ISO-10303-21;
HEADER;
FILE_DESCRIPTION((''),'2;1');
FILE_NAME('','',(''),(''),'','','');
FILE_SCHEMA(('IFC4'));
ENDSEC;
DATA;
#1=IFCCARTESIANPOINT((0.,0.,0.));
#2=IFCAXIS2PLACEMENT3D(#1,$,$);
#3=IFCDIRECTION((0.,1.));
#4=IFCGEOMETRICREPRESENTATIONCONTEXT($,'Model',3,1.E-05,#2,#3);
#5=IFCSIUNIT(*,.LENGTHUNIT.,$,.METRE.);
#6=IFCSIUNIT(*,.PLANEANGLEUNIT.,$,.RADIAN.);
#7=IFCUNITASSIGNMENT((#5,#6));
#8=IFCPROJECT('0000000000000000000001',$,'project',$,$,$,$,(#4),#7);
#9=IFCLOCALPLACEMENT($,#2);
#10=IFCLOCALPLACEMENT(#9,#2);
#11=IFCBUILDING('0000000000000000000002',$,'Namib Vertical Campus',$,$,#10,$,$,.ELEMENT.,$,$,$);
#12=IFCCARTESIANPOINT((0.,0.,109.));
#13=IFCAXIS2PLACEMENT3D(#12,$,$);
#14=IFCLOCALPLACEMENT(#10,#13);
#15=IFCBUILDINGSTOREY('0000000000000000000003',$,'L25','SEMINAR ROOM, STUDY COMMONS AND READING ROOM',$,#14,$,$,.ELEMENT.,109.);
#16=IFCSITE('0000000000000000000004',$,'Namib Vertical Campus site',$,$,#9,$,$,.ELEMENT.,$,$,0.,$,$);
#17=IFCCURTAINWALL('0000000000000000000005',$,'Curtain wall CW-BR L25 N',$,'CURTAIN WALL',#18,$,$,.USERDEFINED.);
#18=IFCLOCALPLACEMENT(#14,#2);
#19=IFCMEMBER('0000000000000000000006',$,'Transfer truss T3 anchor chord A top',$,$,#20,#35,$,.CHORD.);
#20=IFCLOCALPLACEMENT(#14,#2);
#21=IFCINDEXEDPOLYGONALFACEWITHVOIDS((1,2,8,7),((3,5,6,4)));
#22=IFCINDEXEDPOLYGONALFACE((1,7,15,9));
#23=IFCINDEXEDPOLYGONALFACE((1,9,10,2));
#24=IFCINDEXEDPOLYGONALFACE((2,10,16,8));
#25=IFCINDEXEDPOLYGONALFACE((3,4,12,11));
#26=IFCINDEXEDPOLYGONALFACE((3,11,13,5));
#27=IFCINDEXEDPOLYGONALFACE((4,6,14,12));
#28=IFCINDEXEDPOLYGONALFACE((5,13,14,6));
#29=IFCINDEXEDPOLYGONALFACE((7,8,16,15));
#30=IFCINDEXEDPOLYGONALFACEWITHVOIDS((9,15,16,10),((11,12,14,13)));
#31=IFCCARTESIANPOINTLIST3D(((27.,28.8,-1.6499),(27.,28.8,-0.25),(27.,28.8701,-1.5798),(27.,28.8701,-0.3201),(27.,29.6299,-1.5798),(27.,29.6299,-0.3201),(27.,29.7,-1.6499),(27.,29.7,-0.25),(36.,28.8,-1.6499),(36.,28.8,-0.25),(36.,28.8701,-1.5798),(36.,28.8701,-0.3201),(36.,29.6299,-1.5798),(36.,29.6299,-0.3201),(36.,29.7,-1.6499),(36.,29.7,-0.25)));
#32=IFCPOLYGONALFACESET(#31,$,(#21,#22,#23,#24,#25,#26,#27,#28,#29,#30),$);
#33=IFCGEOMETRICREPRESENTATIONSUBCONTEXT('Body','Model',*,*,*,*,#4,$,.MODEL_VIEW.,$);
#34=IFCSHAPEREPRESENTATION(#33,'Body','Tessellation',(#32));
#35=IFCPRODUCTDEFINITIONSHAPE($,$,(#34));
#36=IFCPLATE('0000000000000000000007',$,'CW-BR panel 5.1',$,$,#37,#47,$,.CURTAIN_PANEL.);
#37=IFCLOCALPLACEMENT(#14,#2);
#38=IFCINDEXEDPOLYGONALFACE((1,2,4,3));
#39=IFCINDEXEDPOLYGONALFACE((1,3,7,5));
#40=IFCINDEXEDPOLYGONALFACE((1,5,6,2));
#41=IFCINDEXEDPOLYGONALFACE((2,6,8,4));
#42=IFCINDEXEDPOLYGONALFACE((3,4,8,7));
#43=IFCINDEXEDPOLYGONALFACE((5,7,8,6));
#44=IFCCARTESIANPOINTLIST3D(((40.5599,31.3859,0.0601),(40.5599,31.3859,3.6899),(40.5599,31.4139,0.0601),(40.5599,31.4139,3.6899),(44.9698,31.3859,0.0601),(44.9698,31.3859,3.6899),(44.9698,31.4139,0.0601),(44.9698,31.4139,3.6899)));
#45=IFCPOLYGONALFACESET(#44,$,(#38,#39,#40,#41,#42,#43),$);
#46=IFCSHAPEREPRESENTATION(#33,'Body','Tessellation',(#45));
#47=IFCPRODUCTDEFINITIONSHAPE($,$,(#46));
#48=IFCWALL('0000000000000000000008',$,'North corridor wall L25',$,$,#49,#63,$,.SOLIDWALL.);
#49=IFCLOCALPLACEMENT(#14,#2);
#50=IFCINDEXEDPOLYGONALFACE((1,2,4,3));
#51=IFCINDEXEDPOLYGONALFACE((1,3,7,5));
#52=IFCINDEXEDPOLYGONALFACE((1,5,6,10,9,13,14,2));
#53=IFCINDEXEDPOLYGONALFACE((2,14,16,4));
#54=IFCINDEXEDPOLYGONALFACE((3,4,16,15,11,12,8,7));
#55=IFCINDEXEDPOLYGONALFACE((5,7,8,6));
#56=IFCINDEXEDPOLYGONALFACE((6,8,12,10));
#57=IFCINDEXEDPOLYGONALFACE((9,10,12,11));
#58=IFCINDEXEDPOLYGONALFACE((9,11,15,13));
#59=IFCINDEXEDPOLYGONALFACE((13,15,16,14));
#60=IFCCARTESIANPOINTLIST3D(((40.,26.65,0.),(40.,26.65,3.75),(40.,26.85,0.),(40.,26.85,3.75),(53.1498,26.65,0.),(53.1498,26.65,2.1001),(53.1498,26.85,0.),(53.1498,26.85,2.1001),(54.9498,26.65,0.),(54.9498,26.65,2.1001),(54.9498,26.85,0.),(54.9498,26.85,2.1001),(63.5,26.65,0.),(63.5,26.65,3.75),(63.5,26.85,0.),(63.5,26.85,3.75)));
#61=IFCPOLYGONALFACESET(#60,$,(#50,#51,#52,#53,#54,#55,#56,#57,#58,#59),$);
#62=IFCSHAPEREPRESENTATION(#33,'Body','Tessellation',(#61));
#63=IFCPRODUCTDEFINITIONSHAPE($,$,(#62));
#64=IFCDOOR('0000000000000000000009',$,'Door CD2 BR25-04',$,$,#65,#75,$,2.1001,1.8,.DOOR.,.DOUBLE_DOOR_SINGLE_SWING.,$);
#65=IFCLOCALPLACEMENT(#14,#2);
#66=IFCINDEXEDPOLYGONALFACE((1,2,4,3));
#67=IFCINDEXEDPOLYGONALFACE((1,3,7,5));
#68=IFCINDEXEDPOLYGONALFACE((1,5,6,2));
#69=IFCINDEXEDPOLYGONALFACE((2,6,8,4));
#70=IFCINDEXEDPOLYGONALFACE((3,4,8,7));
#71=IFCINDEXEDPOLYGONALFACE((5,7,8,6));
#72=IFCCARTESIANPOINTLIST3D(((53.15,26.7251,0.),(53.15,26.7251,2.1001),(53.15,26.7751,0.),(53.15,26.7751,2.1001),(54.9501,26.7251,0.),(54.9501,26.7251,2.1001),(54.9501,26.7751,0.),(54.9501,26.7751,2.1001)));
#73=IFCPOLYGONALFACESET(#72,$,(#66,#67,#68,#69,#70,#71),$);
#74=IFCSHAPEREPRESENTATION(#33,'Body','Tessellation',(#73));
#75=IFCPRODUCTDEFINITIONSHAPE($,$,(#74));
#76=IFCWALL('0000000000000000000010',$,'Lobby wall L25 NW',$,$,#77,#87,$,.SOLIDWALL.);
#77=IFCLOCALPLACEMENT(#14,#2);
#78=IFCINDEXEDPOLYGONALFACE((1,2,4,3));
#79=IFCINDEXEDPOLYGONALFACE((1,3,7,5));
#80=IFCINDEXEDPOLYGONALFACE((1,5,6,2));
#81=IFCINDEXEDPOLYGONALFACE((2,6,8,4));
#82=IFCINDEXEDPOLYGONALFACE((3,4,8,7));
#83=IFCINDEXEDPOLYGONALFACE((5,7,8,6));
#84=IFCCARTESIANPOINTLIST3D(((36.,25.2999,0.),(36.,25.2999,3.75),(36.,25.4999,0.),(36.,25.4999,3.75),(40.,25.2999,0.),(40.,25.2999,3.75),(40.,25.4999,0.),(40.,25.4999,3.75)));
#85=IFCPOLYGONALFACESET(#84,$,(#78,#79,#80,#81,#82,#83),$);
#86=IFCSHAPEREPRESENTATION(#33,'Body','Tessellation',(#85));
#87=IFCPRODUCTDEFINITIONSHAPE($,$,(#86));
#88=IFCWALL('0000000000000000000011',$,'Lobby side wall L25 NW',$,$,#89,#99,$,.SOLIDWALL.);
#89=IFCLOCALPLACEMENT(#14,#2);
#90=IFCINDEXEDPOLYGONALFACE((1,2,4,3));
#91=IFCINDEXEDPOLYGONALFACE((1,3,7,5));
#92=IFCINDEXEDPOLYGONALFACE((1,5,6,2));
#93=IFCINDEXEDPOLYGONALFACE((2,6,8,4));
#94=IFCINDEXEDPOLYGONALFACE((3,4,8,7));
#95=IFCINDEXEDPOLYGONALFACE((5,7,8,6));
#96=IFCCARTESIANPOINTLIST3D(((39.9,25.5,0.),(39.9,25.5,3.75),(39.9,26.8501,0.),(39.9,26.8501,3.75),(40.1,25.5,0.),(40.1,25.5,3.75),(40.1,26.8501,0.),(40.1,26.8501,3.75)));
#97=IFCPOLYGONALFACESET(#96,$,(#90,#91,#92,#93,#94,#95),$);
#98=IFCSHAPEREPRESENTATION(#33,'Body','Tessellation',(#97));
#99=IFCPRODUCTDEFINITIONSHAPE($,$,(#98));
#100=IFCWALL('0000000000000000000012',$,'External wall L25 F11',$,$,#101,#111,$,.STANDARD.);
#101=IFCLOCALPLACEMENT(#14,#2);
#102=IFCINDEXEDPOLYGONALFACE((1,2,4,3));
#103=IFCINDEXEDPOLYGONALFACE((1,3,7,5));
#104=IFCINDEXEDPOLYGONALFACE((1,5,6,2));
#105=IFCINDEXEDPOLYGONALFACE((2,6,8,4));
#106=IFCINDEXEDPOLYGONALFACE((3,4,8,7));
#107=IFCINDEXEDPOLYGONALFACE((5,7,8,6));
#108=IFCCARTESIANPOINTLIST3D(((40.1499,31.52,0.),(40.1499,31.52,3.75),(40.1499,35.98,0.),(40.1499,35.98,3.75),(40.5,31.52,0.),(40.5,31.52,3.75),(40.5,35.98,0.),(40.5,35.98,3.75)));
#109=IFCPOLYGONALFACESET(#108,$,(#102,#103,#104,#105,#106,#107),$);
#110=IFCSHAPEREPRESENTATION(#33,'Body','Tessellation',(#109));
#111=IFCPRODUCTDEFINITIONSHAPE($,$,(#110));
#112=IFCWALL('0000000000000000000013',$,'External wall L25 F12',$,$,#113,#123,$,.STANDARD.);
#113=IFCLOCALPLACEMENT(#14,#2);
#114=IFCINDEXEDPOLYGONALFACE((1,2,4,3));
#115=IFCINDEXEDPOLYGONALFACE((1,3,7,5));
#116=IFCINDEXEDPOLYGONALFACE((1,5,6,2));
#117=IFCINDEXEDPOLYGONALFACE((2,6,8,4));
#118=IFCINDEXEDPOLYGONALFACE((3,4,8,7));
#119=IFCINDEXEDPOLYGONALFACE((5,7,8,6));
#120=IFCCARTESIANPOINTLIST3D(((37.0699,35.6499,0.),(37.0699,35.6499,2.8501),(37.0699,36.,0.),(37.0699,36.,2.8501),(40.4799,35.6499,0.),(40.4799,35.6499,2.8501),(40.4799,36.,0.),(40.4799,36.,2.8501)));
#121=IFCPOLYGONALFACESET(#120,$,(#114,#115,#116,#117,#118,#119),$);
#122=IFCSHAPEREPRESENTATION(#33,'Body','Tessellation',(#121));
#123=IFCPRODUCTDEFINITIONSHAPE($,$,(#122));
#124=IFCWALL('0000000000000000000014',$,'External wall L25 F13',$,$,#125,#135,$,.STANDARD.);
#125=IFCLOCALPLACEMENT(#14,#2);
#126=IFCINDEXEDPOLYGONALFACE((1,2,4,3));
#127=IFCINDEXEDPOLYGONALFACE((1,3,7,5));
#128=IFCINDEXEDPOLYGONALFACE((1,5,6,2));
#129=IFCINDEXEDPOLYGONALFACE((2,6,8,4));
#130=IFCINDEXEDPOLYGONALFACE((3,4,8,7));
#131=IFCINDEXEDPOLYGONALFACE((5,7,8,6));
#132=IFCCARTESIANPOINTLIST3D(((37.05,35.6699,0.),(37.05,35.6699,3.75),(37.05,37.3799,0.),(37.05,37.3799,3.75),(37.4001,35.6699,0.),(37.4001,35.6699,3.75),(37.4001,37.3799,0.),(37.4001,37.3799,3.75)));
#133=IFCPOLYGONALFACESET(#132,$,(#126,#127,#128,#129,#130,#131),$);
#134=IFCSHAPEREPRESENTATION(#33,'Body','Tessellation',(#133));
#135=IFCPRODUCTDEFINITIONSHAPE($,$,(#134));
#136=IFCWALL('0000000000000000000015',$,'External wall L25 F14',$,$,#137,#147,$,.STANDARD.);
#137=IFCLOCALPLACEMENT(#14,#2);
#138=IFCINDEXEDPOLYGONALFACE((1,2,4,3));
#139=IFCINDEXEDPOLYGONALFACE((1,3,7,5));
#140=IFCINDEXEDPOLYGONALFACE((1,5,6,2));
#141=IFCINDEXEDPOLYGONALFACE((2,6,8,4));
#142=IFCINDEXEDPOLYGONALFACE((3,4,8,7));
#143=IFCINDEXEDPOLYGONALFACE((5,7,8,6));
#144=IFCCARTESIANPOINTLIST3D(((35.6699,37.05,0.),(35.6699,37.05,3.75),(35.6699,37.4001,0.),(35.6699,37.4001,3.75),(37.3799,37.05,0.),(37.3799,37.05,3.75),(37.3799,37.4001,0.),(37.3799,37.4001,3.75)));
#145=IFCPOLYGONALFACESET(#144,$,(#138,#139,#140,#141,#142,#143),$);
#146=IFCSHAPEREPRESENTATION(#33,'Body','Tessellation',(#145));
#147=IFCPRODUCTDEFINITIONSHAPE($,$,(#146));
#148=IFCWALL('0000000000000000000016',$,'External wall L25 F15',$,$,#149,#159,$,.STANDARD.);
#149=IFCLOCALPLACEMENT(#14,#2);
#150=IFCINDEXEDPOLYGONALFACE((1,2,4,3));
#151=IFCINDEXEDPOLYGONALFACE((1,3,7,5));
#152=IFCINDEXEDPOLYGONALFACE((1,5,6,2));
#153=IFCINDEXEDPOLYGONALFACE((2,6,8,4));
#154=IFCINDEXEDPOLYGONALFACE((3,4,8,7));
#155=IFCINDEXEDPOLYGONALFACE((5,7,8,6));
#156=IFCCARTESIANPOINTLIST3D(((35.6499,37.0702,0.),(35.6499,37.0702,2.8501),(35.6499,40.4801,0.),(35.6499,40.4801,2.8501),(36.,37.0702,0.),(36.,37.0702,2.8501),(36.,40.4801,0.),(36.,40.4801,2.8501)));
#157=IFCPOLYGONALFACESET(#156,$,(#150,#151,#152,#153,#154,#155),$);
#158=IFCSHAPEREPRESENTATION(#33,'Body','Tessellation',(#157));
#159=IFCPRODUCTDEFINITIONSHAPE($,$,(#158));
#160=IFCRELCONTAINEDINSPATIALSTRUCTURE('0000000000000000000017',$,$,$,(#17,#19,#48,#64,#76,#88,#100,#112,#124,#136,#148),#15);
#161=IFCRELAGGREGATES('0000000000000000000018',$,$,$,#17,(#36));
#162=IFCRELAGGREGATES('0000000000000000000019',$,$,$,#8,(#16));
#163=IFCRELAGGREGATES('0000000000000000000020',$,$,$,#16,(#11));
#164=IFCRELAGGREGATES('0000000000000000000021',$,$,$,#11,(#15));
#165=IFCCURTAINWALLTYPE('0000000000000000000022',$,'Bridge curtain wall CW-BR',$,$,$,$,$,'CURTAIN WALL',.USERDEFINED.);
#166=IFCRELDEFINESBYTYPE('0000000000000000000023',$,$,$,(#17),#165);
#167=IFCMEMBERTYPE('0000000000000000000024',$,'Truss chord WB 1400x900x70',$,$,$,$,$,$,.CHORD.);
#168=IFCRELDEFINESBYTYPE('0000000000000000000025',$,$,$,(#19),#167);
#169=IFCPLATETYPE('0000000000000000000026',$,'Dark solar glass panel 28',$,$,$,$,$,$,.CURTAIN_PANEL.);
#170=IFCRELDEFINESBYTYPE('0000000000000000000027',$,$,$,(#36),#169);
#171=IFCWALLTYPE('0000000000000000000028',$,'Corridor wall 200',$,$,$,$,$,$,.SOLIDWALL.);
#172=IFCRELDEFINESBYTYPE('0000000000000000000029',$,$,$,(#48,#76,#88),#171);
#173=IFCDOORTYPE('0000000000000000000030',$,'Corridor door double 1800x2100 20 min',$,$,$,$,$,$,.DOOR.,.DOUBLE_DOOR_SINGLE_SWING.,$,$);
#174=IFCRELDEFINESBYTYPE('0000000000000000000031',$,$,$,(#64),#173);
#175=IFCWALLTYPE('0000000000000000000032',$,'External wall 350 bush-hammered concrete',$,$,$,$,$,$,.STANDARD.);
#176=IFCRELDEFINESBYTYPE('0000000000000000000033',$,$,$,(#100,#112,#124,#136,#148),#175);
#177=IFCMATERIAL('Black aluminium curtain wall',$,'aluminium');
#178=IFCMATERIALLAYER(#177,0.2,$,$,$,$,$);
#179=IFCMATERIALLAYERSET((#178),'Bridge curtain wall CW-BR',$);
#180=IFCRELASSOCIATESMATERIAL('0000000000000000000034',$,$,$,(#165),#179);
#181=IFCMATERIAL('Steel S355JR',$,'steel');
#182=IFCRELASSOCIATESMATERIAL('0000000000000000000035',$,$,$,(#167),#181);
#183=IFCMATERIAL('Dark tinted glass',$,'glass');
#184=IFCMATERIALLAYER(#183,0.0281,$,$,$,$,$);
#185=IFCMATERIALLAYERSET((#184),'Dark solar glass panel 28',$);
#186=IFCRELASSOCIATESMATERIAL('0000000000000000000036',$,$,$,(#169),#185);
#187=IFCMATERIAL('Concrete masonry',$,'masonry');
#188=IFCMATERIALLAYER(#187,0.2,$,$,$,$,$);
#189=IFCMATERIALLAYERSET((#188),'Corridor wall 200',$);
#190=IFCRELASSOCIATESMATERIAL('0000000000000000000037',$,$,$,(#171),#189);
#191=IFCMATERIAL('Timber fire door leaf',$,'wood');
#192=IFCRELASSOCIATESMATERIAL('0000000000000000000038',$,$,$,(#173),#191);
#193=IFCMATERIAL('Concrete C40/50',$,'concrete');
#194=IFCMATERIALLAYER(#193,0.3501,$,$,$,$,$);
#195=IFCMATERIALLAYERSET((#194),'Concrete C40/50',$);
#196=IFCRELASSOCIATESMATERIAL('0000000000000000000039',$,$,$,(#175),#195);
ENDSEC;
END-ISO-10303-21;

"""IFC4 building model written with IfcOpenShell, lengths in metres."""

from ifc_helpers import new_model, si_unit, direction, frame, frame_2d, origin, origin_2d, place, context, subcontext, project, spatial, rectangle, hollow_rectangle, extrude, material, layer, layer_set, material_profile, profile_set, type_object, element, fill, aggregate, save


model = new_model("IFC4")

# Units and contexts
model_context = context("Model", 3, precision=1e-05, world=origin(), true_north=direction((0.0, 1.0)))
body_context = subcontext(model_context, "Body", "Model", "MODEL_VIEW")
ifc_project = project(units=[si_unit("LENGTHUNIT", "METRE"), si_unit("PLANEANGLEUNIT", "RADIAN")], contexts=[model_context])

# Site, building, storey
site_placement = place(None, origin())
site = spatial("IfcSite", under=ifc_project, at=site_placement, Name="Namib Vertical Campus site", CompositionType="ELEMENT", RefElevation=0.0)
building_placement = place(site_placement, origin())
building = spatial("IfcBuilding", under=site, at=building_placement, Name="Namib Vertical Campus", CompositionType="ELEMENT")
storey_placement = place(building_placement, frame((0.0, 0.0, 109.0)))
storey = spatial("IfcBuildingStorey", under=building, at=storey_placement, Name="L25", Description="SEMINAR ROOM, STUDY COMMONS AND READING ROOM", CompositionType="ELEMENT", Elevation=109.0)

# Curtain wall
ifc_material_1 = material(Name="Black aluminium curtain wall", Category="aluminium")
ifc_layer_1 = layer(ifc_material_1, 0.2)
ifc_layer_set_1 = layer_set([ifc_layer_1], Name="Bridge curtain wall CW-BR")
curtain_wall_type = type_object("IfcCurtainWallType", Name="Bridge curtain wall CW-BR", ElementType="CURTAIN WALL", PredefinedType="USERDEFINED", material=ifc_layer_set_1)
curtain_wall_placement = place(storey_placement, origin())
curtain_wall = element("IfcCurtainWall", 1, at=curtain_wall_placement, inside=storey, type_object=curtain_wall_type, Name="Curtain wall CW-BR L25 N", ObjectType="CURTAIN WALL", PredefinedType="USERDEFINED")

# Member
ifc_material_2 = material(Name="Steel S355JR", Category="steel")
ifc_material_profile_1 = material_profile(ifc_material_2, hollow_rectangle(XDim=0.8999, YDim=1.3999, WallThickness=0.0701, at=origin_2d()))
ifc_profile_set_1 = profile_set([ifc_material_profile_1], Name="Steel S355JR")
member_type_1 = type_object("IfcMemberType", Name="Truss chord WB 1400x900x70", PredefinedType="CHORD", material=ifc_profile_set_1)
member_1_placement = place(storey_placement, frame((36.0, 29.25, -0.95), z_axis=(-1.0, 0.0, 0.0), x_axis=(0.0, -1.0, 0.0)))
element("IfcMember", 2, at=member_1_placement, inside=storey, type_object=member_type_1, Name="Transfer truss T3 anchor chord A top", PredefinedType="CHORD", context=body_context, shape_type="SweptSolid", body=[
    extrude(hollow_rectangle(XDim=0.8999, YDim=1.3999, WallThickness=0.0701, at=origin_2d()), origin(), (0.0, 0.0, 1.0), 9.0),
])

# Plate
ifc_material_3 = material(Name="Dark tinted glass", Category="glass")
ifc_layer_2 = layer(ifc_material_3, 0.0281)
ifc_layer_set_2 = layer_set([ifc_layer_2], Name="Dark solar glass panel 28")
plate_type = type_object("IfcPlateType", Name="Dark solar glass panel 28", PredefinedType="CURTAIN_PANEL", material=ifc_layer_set_2)
plate_placement = place(storey_placement, frame((42.7649, 31.3999, 0.0601), z_axis=(0.0, 0.0, 1.0), x_axis=(-1.0, 0.0, 0.0)))
plate = element("IfcPlate", 3, at=plate_placement, type_object=plate_type, Name="CW-BR panel 5.1", PredefinedType="CURTAIN_PANEL", context=body_context, shape_type="SweptSolid", body=[
    extrude(rectangle(XDim=4.4099, YDim=0.0281, at=origin_2d()), origin(), (0.0, 0.0, 1.0), 3.6299),
])
aggregate(curtain_wall, [plate])

# Wall, opening, door
ifc_material_4 = material(Name="Concrete masonry", Category="masonry")
ifc_layer_3 = layer(ifc_material_4, 0.2)
ifc_layer_set_3 = layer_set([ifc_layer_3], Name="Corridor wall 200")
wall_type_1 = type_object("IfcWallType", Name="Corridor wall 200", PredefinedType="SOLIDWALL", material=ifc_layer_set_3)
wall_1_placement = place(storey_placement, frame((40.0, 26.75, 0.0), z_axis=(0.0, 0.0, 1.0), x_axis=(1.0, 0.0, 0.0)))
wall_1 = element("IfcWall", 4, at=wall_1_placement, inside=storey, type_object=wall_type_1, Name="North corridor wall L25", PredefinedType="SOLIDWALL", context=body_context, shape_type="SweptSolid", body=[
    extrude(rectangle(XDim=23.5, YDim=0.2, at=frame_2d((11.75, 0.0))), origin(), (0.0, 0.0, 1.0), 3.75),
])
opening_1_placement = place(wall_1_placement, frame((13.1499, 0.0, 0.0)))
opening_1 = element("IfcOpeningElement", 5, at=opening_1_placement, cuts=wall_1, PredefinedType="OPENING", context=body_context, shape_type="SweptSolid", body=[
    extrude(rectangle(XDim=1.8, YDim=2.1001, at=frame_2d((0.8999, 1.05))), frame((0.0, 0.1099, 0.0), z_axis=(0.0, -1.0, 0.0), x_axis=(1.0, 0.0, 0.0)), (0.0, 0.0, 1.0), 0.22),
])
ifc_material_5 = material(Name="Timber fire door leaf", Category="wood")
door_type = type_object("IfcDoorType", Name="Corridor door double 1800x2100 20 min", OperationType="DOUBLE_DOOR_SINGLE_SWING", PredefinedType="DOOR", material=ifc_material_5)
door_placement = place(opening_1_placement, frame((1.8, 0.0, 0.0), z_axis=(0.0, 0.0, 1.0), x_axis=(-1.0, 0.0, 0.0)))
door = element("IfcDoor", 6, at=door_placement, inside=storey, type_object=door_type, Name="Door CD2 BR25-04", OperationType="DOUBLE_DOOR_SINGLE_SWING", OverallHeight=2.1001, OverallWidth=1.8, PredefinedType="DOOR", context=body_context, shape_type="SweptSolid", body=[
    extrude(rectangle(XDim=1.8, YDim=2.1001, at=frame_2d((0.8999, 1.05))), frame((0.0, 0.0249, 0.0), z_axis=(0.0, -1.0, 0.0), x_axis=(1.0, 0.0, 0.0)), (0.0, 0.0, 1.0), 0.05),
])
fill(opening_1, door)

# Walls
wall_2_placement = place(storey_placement, frame((36.0, 25.3999, 0.0), z_axis=(0.0, 0.0, 1.0), x_axis=(1.0, 0.0, 0.0)))
element("IfcWall", 7, at=wall_2_placement, inside=storey, type_object=wall_type_1, Name="Lobby wall L25 NW", PredefinedType="SOLIDWALL", context=body_context, shape_type="SweptSolid", body=[
    extrude(rectangle(XDim=4.0, YDim=0.2, at=frame_2d((2.0, 0.0))), origin(), (0.0, 0.0, 1.0), 3.75),
])
wall_3_placement = place(storey_placement, frame((40.0, 26.8501, 0.0), z_axis=(0.0, 0.0, 1.0), x_axis=(0.0, -1.0, 0.0)))
element("IfcWall", 8, at=wall_3_placement, inside=storey, type_object=wall_type_1, Name="Lobby side wall L25 NW", PredefinedType="SOLIDWALL", context=body_context, shape_type="SweptSolid", body=[
    extrude(rectangle(XDim=1.3501, YDim=0.2, at=frame_2d((0.675, 0.0))), origin(), (0.0, 0.0, 1.0), 3.75),
])
ifc_material_6 = material(Name="Concrete C40/50", Category="concrete")
ifc_layer_4 = layer(ifc_material_6, 0.3501)
ifc_layer_set_4 = layer_set([ifc_layer_4], Name="Concrete C40/50")
wall_type_2 = type_object("IfcWallType", Name="External wall 350 bush-hammered concrete", PredefinedType="STANDARD", material=ifc_layer_set_4)
wall_4_placement = place(storey_placement, frame((40.325, 31.52, 0.0), z_axis=(0.0, 0.0, 1.0), x_axis=(0.0, 1.0, 0.0)))
element("IfcWall", 9, at=wall_4_placement, inside=storey, type_object=wall_type_2, Name="External wall L25 F11", PredefinedType="STANDARD", context=body_context, shape_type="SweptSolid", body=[
    extrude(rectangle(XDim=4.46, YDim=0.3501, at=frame_2d((2.23, 0.0))), origin(), (0.0, 0.0, 1.0), 3.75),
])
wall_5_placement = place(storey_placement, frame((40.48, 35.825, 0.0), z_axis=(0.0, 0.0, 1.0), x_axis=(-1.0, 0.0, 0.0)))
element("IfcWall", 10, at=wall_5_placement, inside=storey, type_object=wall_type_2, Name="External wall L25 F12", PredefinedType="STANDARD", context=body_context, shape_type="SweptSolid", body=[
    extrude(rectangle(XDim=3.4099, YDim=0.3501, at=frame_2d((1.7051, 0.0))), origin(), (0.0, 0.0, 1.0), 2.8501),
])
for number, where, z_axis, x_axis, name in (
    (11, (37.2251, 35.6699, 0.0), (0.0, 0.0, 1.0), (0.0, 1.0, 0.0), "External wall L25 F13"),
    (12, (37.3799, 37.2251, 0.0), (0.0, 0.0, 1.0), (-1.0, 0.0, 0.0), "External wall L25 F14"),
):
    element("IfcWall", number, at=place(storey_placement, frame(where, z_axis=z_axis, x_axis=x_axis)), inside=storey, type_object=wall_type_2, Name=name, PredefinedType="STANDARD", context=body_context, shape_type="SweptSolid", body=[
        extrude(rectangle(XDim=1.71, YDim=0.3501, at=frame_2d((0.855, 0.0))), origin(), (0.0, 0.0, 1.0), 3.75),
    ])
wall_6_placement = place(storey_placement, frame((35.825, 37.0701, 0.0), z_axis=(0.0, 0.0, 1.0), x_axis=(0.0, 1.0, 0.0)))
element("IfcWall", 13, at=wall_6_placement, inside=storey, type_object=wall_type_2, Name="External wall L25 F15", PredefinedType="STANDARD", context=body_context, shape_type="SweptSolid", body=[
    extrude(rectangle(XDim=3.4099, YDim=0.3501, at=frame_2d((1.7051, 0.0))), origin(), (0.0, 0.0, 1.0), 2.8501),
])

save(model, "model.ifc")
